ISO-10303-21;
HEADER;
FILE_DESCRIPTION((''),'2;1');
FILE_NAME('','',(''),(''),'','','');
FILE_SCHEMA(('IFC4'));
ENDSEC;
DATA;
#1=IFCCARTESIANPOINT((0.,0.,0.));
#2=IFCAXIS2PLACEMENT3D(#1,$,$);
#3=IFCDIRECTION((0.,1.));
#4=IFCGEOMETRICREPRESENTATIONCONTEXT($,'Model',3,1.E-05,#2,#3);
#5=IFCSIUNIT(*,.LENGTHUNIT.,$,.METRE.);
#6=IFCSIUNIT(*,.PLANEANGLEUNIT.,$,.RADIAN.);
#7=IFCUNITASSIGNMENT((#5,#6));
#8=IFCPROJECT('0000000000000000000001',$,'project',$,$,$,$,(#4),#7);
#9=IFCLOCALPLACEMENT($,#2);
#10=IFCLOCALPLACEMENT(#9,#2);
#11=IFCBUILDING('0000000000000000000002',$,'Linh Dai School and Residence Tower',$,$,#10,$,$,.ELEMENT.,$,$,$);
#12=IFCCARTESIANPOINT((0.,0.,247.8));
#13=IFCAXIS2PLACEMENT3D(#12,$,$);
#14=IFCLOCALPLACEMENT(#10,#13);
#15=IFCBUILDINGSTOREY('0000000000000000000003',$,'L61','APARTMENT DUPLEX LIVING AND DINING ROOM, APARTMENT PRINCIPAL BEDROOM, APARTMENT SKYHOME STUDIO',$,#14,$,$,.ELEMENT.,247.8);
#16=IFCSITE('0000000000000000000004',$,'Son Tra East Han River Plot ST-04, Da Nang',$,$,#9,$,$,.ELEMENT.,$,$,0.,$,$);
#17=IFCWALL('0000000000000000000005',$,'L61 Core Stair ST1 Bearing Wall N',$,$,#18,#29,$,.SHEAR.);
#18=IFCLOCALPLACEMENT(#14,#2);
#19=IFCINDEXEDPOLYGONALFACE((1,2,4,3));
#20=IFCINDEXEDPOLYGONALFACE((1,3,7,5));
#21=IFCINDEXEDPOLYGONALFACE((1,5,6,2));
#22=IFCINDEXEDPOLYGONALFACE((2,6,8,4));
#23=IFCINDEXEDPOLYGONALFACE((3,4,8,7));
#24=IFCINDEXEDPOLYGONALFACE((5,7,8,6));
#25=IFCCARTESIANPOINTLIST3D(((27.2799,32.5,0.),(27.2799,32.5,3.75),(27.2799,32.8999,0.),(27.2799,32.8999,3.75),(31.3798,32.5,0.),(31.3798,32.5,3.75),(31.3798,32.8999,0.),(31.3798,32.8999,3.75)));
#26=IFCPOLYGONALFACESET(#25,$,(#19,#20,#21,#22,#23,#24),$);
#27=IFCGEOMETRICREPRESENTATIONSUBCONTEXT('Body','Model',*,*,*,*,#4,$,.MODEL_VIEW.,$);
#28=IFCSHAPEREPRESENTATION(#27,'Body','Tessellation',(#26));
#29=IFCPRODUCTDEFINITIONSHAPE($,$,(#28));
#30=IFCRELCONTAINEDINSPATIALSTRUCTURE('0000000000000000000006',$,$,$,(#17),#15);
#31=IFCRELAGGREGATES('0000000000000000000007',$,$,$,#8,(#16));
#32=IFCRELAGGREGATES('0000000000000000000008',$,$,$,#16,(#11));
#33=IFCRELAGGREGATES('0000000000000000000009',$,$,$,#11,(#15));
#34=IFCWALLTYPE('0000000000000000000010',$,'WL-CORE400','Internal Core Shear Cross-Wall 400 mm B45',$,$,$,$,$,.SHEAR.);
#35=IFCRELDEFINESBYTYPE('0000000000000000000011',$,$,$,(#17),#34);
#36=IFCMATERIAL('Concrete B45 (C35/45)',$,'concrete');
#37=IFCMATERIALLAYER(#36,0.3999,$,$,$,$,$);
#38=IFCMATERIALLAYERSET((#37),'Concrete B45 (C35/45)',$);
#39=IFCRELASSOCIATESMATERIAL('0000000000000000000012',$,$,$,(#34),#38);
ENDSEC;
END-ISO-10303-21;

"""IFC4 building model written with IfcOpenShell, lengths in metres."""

from ifc_helpers import new_model, si_unit, direction, frame, frame_2d, origin, place, context, subcontext, project, spatial, rectangle, extrude, material, layer, layer_set, type_object, element, save


model = new_model("IFC4")

# Units and contexts
model_context = context("Model", 3, precision=1e-05, world=origin(), true_north=direction((0.0, 1.0)))
body_context = subcontext(model_context, "Body", "Model", "MODEL_VIEW")
ifc_project = project(units=[si_unit("LENGTHUNIT", "METRE"), si_unit("PLANEANGLEUNIT", "RADIAN")], contexts=[model_context])

# Site, building, storey
site_placement = place(None, origin())
site = spatial("IfcSite", under=ifc_project, at=site_placement, Name="Son Tra East Han River Plot ST-04, Da Nang", CompositionType="ELEMENT", RefElevation=0.0)
building_placement = place(site_placement, origin())
building = spatial("IfcBuilding", under=site, at=building_placement, Name="Linh Dai School and Residence Tower", CompositionType="ELEMENT")
storey_placement = place(building_placement, frame((0.0, 0.0, 247.8)))
storey = spatial("IfcBuildingStorey", under=building, at=storey_placement, Name="L61", Description="APARTMENT DUPLEX LIVING AND DINING ROOM, APARTMENT PRINCIPAL BEDROOM, APARTMENT SKYHOME STUDIO", CompositionType="ELEMENT", Elevation=247.8)

# Wall
ifc_material_1 = material(Name="Concrete B45 (C35/45)", Category="concrete")
ifc_layer_1 = layer(ifc_material_1, 0.3999)
ifc_layer_set_1 = layer_set([ifc_layer_1], Name="Concrete B45 (C35/45)")
wall_type_1 = type_object("IfcWallType", Name="WL-CORE400", Description="Internal Core Shear Cross-Wall 400 mm B45", PredefinedType="SHEAR", material=ifc_layer_set_1)
wall_1_placement = place(storey_placement, frame((27.28, 32.7, 0.0), z_axis=(0.0, 0.0, 1.0), x_axis=(1.0, 0.0, 0.0)))
element("IfcWall", 1, at=wall_1_placement, inside=storey, type_object=wall_type_1, Name="L61 Core Stair ST1 Bearing Wall N", PredefinedType="SHEAR", context=body_context, shape_type="SweptSolid", body=[
    extrude(rectangle(XDim=4.0999, YDim=0.3999, at=frame_2d((2.0498, 0.0))), origin(), (0.0, 0.0, 1.0), 3.75),
])

save(model, "model.ifc")
